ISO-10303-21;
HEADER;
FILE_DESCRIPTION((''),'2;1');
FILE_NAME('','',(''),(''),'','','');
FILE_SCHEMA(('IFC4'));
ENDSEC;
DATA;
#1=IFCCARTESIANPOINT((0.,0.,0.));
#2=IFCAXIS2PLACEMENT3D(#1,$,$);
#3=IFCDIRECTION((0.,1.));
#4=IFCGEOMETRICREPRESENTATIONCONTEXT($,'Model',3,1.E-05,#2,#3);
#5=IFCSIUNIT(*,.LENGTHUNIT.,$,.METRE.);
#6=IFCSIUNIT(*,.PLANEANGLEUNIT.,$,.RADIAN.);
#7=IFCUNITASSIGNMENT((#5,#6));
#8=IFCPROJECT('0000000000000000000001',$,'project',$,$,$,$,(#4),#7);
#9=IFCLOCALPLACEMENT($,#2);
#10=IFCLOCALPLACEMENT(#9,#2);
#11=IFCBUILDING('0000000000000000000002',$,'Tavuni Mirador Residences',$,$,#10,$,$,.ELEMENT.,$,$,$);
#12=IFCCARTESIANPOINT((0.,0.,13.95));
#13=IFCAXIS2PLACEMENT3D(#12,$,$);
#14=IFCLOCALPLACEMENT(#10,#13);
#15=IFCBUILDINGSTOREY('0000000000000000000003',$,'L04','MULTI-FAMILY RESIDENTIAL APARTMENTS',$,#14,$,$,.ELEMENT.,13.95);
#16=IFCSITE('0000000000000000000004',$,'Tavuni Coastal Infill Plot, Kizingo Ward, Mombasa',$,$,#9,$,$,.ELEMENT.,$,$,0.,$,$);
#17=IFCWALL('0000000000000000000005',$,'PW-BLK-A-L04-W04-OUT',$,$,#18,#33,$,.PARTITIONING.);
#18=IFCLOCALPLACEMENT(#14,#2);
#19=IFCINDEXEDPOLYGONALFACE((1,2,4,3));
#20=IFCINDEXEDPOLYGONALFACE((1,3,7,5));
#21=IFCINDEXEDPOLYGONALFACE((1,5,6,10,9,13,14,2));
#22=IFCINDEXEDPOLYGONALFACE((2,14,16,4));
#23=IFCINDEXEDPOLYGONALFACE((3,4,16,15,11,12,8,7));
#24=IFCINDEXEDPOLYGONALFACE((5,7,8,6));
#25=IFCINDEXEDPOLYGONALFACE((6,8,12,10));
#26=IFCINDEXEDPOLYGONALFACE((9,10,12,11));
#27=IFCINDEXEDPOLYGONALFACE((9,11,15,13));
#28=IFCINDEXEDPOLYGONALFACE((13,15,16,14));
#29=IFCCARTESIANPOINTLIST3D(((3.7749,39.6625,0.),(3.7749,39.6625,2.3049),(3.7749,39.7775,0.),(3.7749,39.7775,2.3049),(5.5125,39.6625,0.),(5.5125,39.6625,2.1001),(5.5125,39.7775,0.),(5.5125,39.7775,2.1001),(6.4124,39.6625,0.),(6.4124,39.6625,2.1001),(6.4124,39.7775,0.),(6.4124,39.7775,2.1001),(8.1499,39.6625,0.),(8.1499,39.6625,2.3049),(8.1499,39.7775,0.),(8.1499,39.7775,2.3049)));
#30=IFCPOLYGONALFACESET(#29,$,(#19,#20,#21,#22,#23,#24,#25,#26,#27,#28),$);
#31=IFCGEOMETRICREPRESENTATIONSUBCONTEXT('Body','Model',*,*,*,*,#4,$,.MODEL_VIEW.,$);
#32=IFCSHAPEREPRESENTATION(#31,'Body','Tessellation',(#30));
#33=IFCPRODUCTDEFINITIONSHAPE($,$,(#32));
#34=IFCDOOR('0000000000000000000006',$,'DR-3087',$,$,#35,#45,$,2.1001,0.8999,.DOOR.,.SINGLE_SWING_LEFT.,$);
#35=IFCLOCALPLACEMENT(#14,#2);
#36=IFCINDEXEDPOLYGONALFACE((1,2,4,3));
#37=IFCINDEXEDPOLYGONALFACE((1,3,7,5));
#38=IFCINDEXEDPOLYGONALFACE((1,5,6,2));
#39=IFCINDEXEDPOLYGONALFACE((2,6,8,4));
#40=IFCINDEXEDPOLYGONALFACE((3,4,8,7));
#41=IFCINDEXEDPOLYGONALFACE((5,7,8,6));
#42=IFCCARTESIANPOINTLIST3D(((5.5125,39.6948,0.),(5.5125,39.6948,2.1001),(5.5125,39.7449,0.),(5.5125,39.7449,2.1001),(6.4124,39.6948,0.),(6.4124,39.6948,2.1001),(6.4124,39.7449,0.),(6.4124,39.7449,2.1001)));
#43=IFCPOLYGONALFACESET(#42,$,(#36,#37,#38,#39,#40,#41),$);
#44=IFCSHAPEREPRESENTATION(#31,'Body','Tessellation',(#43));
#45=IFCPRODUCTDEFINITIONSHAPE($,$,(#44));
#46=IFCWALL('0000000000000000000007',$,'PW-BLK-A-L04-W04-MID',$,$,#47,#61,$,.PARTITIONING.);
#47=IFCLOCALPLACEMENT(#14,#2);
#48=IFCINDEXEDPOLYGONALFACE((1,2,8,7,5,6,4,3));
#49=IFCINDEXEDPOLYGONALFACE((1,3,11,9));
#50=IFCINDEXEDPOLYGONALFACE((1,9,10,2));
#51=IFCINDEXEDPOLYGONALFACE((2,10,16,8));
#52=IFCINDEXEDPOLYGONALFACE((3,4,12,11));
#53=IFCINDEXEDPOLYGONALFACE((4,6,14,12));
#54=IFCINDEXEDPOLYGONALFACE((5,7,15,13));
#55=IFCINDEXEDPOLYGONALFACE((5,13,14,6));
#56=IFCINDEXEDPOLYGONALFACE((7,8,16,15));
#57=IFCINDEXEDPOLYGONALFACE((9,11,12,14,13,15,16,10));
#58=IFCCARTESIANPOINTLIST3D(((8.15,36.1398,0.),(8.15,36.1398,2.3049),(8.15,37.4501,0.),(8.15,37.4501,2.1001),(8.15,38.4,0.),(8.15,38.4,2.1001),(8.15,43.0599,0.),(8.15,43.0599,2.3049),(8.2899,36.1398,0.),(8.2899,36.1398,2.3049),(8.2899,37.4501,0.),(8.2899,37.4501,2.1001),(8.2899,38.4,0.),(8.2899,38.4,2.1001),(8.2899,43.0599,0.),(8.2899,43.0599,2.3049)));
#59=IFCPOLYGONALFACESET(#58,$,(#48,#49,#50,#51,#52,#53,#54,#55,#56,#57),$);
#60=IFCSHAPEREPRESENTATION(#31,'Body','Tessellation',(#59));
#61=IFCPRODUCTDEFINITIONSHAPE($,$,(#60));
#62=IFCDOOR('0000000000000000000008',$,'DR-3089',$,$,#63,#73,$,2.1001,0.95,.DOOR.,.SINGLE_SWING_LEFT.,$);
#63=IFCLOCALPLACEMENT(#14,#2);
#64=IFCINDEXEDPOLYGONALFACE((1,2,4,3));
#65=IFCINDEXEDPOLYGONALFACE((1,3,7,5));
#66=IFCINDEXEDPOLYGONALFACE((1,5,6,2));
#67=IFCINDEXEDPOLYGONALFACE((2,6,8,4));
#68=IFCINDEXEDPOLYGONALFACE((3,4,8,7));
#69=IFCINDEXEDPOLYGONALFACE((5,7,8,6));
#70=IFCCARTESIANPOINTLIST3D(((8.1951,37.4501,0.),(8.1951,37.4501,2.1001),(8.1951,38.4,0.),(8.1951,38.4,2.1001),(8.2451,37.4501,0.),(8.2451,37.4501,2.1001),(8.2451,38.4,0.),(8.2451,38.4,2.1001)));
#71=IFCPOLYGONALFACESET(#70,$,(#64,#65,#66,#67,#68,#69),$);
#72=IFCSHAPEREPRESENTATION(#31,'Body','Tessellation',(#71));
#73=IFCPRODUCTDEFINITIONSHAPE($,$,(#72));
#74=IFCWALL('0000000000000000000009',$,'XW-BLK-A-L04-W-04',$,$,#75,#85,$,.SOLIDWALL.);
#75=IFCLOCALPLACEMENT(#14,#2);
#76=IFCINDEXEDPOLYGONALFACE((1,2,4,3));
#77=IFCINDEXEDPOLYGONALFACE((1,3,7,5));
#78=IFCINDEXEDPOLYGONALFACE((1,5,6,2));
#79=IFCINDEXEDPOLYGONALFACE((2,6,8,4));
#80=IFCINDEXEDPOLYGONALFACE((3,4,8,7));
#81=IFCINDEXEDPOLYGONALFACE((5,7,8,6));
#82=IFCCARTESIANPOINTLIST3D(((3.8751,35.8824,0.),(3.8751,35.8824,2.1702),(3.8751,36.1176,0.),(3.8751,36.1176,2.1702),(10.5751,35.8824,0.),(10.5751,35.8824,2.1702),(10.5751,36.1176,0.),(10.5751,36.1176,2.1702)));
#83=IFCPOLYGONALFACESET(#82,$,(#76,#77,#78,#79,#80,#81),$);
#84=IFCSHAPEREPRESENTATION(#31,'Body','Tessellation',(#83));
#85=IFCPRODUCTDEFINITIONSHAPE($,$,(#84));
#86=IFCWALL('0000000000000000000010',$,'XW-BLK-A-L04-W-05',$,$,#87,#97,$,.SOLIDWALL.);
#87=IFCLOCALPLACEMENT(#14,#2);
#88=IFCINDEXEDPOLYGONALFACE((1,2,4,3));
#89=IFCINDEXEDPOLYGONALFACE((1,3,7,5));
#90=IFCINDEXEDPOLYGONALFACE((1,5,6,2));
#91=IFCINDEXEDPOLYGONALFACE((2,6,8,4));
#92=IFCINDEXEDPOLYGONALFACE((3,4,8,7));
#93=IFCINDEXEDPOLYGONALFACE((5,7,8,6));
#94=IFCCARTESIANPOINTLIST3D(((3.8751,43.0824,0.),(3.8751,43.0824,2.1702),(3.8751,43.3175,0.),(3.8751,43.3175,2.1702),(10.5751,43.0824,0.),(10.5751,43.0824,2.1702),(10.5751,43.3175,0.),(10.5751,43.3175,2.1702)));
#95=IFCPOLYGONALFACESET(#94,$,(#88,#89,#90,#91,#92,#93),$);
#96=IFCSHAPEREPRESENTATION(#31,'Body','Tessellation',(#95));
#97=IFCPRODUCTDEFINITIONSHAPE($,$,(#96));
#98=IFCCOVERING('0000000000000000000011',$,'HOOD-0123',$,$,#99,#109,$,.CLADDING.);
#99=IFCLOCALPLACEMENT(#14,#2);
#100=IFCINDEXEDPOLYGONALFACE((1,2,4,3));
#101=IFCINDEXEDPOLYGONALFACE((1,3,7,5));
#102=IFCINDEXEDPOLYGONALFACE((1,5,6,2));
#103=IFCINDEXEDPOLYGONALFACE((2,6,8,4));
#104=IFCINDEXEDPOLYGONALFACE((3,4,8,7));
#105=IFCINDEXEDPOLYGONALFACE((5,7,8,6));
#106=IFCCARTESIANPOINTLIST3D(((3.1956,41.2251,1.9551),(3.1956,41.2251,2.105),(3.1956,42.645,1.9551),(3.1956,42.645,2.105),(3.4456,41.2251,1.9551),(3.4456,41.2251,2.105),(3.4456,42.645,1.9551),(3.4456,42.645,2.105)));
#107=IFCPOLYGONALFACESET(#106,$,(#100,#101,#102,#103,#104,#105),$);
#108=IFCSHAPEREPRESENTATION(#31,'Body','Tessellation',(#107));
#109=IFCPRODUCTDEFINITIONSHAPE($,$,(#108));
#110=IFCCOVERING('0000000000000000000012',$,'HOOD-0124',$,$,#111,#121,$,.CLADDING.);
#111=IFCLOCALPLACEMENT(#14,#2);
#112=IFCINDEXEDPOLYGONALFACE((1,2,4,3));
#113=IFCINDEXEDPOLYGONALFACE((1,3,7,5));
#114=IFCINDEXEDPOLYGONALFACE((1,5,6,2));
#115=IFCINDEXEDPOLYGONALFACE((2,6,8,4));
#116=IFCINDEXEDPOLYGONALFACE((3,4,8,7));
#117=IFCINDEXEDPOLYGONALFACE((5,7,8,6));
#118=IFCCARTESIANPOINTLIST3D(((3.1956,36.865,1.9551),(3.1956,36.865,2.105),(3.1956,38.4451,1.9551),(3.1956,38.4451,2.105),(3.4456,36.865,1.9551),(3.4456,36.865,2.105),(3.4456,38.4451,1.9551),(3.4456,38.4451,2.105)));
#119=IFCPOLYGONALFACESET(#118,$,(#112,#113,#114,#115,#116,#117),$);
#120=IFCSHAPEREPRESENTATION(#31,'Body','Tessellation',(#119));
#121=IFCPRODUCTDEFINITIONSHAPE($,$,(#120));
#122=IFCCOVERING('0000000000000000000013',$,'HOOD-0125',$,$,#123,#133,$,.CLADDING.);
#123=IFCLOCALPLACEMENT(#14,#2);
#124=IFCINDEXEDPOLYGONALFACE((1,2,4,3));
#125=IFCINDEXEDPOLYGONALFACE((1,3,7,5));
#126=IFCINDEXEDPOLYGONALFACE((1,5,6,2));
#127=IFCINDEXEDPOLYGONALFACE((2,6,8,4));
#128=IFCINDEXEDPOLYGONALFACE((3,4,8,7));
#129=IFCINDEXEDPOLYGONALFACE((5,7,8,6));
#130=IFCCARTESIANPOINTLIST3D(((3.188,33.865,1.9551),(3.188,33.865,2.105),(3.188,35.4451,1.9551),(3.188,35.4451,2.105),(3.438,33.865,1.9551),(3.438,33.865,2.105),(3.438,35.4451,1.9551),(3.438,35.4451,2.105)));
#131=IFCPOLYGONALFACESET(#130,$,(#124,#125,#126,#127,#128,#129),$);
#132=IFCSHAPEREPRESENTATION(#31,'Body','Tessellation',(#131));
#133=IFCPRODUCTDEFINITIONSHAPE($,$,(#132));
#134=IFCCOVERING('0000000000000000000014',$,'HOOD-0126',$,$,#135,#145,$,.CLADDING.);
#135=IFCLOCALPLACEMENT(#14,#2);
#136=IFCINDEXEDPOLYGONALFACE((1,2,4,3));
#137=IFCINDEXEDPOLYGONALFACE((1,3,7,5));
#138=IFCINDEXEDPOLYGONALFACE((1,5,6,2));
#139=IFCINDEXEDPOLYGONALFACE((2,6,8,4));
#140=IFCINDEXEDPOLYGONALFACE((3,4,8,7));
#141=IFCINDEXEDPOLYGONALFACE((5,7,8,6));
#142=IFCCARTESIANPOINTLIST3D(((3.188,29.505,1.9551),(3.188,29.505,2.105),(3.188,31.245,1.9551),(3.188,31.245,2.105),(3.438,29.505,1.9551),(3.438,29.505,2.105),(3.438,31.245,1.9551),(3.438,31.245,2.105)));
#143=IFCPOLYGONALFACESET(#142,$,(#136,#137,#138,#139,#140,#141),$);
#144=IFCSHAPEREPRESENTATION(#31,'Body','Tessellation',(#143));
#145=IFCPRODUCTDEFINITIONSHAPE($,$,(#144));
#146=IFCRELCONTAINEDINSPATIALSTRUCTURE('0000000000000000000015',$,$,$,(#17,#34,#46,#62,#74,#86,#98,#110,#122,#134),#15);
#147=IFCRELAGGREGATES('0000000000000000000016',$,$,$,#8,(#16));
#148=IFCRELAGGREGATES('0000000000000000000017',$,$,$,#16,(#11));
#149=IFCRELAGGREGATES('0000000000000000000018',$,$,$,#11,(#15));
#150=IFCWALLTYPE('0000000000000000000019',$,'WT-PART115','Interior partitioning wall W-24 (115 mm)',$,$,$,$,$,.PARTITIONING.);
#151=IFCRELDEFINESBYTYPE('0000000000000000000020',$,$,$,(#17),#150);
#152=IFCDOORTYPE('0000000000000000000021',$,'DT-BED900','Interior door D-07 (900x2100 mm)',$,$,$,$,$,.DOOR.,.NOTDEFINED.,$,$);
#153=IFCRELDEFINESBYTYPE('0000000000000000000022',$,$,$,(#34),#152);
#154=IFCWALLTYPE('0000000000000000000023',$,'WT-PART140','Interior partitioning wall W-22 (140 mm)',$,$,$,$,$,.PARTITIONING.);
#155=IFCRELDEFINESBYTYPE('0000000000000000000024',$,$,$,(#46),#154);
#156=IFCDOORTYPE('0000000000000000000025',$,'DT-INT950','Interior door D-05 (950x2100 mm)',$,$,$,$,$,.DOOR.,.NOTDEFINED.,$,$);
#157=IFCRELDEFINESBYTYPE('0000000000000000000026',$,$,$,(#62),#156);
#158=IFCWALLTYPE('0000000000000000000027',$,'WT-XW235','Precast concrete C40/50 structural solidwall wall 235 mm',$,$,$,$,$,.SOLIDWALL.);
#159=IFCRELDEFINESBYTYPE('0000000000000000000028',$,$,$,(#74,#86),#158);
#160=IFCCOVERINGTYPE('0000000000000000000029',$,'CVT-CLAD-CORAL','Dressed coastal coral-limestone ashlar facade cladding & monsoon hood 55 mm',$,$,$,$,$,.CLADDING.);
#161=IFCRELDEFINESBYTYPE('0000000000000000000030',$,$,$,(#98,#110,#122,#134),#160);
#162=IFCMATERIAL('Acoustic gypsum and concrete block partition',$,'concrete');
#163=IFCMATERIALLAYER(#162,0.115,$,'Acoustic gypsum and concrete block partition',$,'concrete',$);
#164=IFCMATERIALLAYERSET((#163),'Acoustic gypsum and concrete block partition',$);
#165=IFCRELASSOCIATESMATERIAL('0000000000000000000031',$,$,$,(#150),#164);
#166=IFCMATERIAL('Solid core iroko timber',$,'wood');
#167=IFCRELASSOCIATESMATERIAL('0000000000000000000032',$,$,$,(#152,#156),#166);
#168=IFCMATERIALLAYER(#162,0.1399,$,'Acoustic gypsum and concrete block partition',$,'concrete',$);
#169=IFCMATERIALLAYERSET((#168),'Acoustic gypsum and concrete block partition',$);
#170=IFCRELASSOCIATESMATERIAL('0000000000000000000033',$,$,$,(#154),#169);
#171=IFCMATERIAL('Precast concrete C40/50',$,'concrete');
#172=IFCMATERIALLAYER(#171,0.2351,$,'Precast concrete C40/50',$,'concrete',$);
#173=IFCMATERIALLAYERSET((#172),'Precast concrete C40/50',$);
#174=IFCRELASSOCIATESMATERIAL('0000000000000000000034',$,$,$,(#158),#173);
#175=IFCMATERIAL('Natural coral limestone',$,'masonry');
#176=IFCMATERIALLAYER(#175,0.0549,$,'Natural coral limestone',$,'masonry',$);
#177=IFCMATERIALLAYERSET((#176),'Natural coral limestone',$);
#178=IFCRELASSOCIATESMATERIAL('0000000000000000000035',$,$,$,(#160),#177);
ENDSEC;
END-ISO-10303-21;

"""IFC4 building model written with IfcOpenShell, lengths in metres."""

from ifc_helpers import new_model, si_unit, direction, frame, frame_2d, origin, origin_2d, place, context, subcontext, project, spatial, rectangle, extrude, material, layer, layer_set, type_object, element, fill, save


model = new_model("IFC4")

# Units and contexts
model_context = context("Model", 3, precision=1e-05, world=origin(), true_north=direction((0.0, 1.0)))
body_context = subcontext(model_context, "Body", "Model", "MODEL_VIEW")
ifc_project = project(units=[si_unit("LENGTHUNIT", "METRE"), si_unit("PLANEANGLEUNIT", "RADIAN")], contexts=[model_context])

# Site, building, storey
site_placement = place(None, origin())
site = spatial("IfcSite", under=ifc_project, at=site_placement, Name="Tavuni Coastal Infill Plot, Kizingo Ward, Mombasa", CompositionType="ELEMENT", RefElevation=0.0)
building_placement = place(site_placement, origin())
building = spatial("IfcBuilding", under=site, at=building_placement, Name="Tavuni Mirador Residences", CompositionType="ELEMENT")
storey_placement = place(building_placement, frame((0.0, 0.0, 13.95)))
storey = spatial("IfcBuildingStorey", under=building, at=storey_placement, Name="L04", Description="MULTI-FAMILY RESIDENTIAL APARTMENTS", CompositionType="ELEMENT", Elevation=13.95)

# Shared definitions
ifc_material_1 = material(Name="Precast concrete C40/50", Category="concrete")

# Shared definitions
ifc_material_2 = material(Name="Acoustic gypsum and concrete block partition", Category="concrete")

# Shared definitions
ifc_material_3 = material(Name="Solid core iroko timber", Category="wood")

# Shared definitions
ifc_layer_1 = layer(ifc_material_2, 0.115, Name="Acoustic gypsum and concrete block partition", Category="concrete")
ifc_layer_set_1 = layer_set([ifc_layer_1], Name="Acoustic gypsum and concrete block partition")
wall_type_1 = type_object("IfcWallType", Name="WT-PART115", Description="Interior partitioning wall W-24 (115 mm)", PredefinedType="PARTITIONING", material=ifc_layer_set_1)

# Walls, openings, doors
wall_1_placement = place(storey_placement, frame((3.7749, 39.72, 0.0), z_axis=(0.0, 0.0, 1.0), x_axis=(1.0, 0.0, 0.0)))
wall_1 = element("IfcWall", 1, at=wall_1_placement, inside=storey, type_object=wall_type_1, Name="PW-BLK-A-L04-W04-OUT", PredefinedType="PARTITIONING", context=body_context, shape_type="SweptSolid", body=[
    extrude(rectangle(XDim=4.375, YDim=0.115, at=frame_2d((2.1875, 0.0))), origin(), (0.0, 0.0, 1.0), 2.3049),
])
opening_1_placement = place(wall_1_placement, frame((1.7375, 0.0, 0.0)))
opening_1 = element("IfcOpeningElement", 2, at=opening_1_placement, cuts=wall_1, PredefinedType="OPENING", context=body_context, shape_type="SweptSolid", body=[
    extrude(rectangle(XDim=0.8999, YDim=2.1001, at=frame_2d((0.45, 1.05))), frame((0.0, 0.0674, 0.0), z_axis=(0.0, -1.0, 0.0), x_axis=(1.0, 0.0, 0.0)), (0.0, 0.0, 1.0), 0.135),
])
door_type_1 = type_object("IfcDoorType", Name="DT-BED900", Description="Interior door D-07 (900x2100 mm)", OperationType="NOTDEFINED", PredefinedType="DOOR", material=ifc_material_3)
door_1_placement = place(opening_1_placement, origin())
door_1 = element("IfcDoor", 3, at=door_1_placement, inside=storey, type_object=door_type_1, Name="DR-3087", OperationType="SINGLE_SWING_LEFT", OverallHeight=2.1001, OverallWidth=0.8999, PredefinedType="DOOR", context=body_context, shape_type="SweptSolid", body=[
    extrude(rectangle(XDim=0.8999, YDim=2.1001, at=frame_2d((0.45, 1.05))), frame((0.0, 0.0249, 0.0), z_axis=(0.0, -1.0, 0.0), x_axis=(1.0, 0.0, 0.0)), (0.0, 0.0, 1.0), 0.05),
])
fill(opening_1, door_1)
ifc_layer_2 = layer(ifc_material_2, 0.1399, Name="Acoustic gypsum and concrete block partition", Category="concrete")
ifc_layer_set_2 = layer_set([ifc_layer_2], Name="Acoustic gypsum and concrete block partition")
wall_type_2 = type_object("IfcWallType", Name="WT-PART140", Description="Interior partitioning wall W-22 (140 mm)", PredefinedType="PARTITIONING", material=ifc_layer_set_2)
wall_2_placement = place(storey_placement, frame((8.22, 36.1399, 0.0), z_axis=(0.0, 0.0, 1.0), x_axis=(0.0, 1.0, 0.0)))
wall_2 = element("IfcWall", 4, at=wall_2_placement, inside=storey, type_object=wall_type_2, Name="PW-BLK-A-L04-W04-MID", PredefinedType="PARTITIONING", context=body_context, shape_type="SweptSolid", body=[
    extrude(rectangle(XDim=6.9202, YDim=0.1399, at=frame_2d((3.46, 0.0))), origin(), (0.0, 0.0, 1.0), 2.3049),
])
opening_2_placement = place(wall_2_placement, frame((1.3101, 0.0, 0.0)))
opening_2 = element("IfcOpeningElement", 5, at=opening_2_placement, cuts=wall_2, PredefinedType="OPENING", context=body_context, shape_type="SweptSolid", body=[
    extrude(rectangle(XDim=0.95, YDim=2.1001, at=frame_2d((0.4751, 1.05))), frame((0.0, 0.0801, 0.0), z_axis=(0.0, -1.0, 0.0), x_axis=(1.0, 0.0, 0.0)), (0.0, 0.0, 1.0), 0.1599),
])
door_type_2 = type_object("IfcDoorType", Name="DT-INT950", Description="Interior door D-05 (950x2100 mm)", OperationType="NOTDEFINED", PredefinedType="DOOR", material=ifc_material_3)
door_2_placement = place(opening_2_placement, origin())
door_2 = element("IfcDoor", 6, at=door_2_placement, inside=storey, type_object=door_type_2, Name="DR-3089", OperationType="SINGLE_SWING_LEFT", OverallHeight=2.1001, OverallWidth=0.95, PredefinedType="DOOR", context=body_context, shape_type="SweptSolid", body=[
    extrude(rectangle(XDim=0.95, YDim=2.1001, at=frame_2d((0.4751, 1.05))), frame((0.0, 0.0249, 0.0), z_axis=(0.0, -1.0, 0.0), x_axis=(1.0, 0.0, 0.0)), (0.0, 0.0, 1.0), 0.05),
])
fill(opening_2, door_2)

# Walls
ifc_layer_3 = layer(ifc_material_1, 0.2351, Name="Precast concrete C40/50", Category="concrete")
ifc_layer_set_3 = layer_set([ifc_layer_3], Name="Precast concrete C40/50")
wall_type_3 = type_object("IfcWallType", Name="WT-XW235", Description="Precast concrete C40/50 structural solidwall wall 235 mm", PredefinedType="SOLIDWALL", material=ifc_layer_set_3)
for number, where, z_axis, x_axis, name in (
    (7, (3.875, 36.0, 0.0), (0.0, 0.0, 1.0), (1.0, 0.0, 0.0), "XW-BLK-A-L04-W-04"),
    (8, (3.875, 43.2, 0.0), (0.0, 0.0, 1.0), (1.0, 0.0, 0.0), "XW-BLK-A-L04-W-05"),
):
    element("IfcWall", number, at=place(storey_placement, frame(where, z_axis=z_axis, x_axis=x_axis)), inside=storey, type_object=wall_type_3, Name=name, PredefinedType="SOLIDWALL", context=body_context, shape_type="SweptSolid", body=[
        extrude(rectangle(XDim=6.7, YDim=0.2351, at=frame_2d((3.3501, 0.0))), origin(), (0.0, 0.0, 1.0), 2.1702),
    ])

# Coverings
ifc_material_4 = material(Name="Natural coral limestone", Category="masonry")
ifc_layer_4 = layer(ifc_material_4, 0.0549, Name="Natural coral limestone", Category="masonry")
ifc_layer_set_4 = layer_set([ifc_layer_4], Name="Natural coral limestone")
covering_type = type_object("IfcCoveringType", Name="CVT-CLAD-CORAL", Description="Dressed coastal coral-limestone ashlar facade cladding & monsoon hood 55 mm", PredefinedType="CLADDING", material=ifc_layer_set_4)
covering_1_placement = place(storey_placement, frame((3.3206, 41.9351, 1.9551), z_axis=(0.0, 0.0, 1.0), x_axis=(0.0, -1.0, 0.0)))
element("IfcCovering", 9, at=covering_1_placement, inside=storey, type_object=covering_type, Name="HOOD-0123", PredefinedType="CLADDING", context=body_context, shape_type="SweptSolid", body=[
    extrude(rectangle(XDim=1.4199, YDim=0.25, at=origin_2d()), origin(), (0.0, 0.0, 1.0), 0.1499),
])
for number, where, z_axis, x_axis, name in (
    (10, (3.3206, 37.655, 1.9551), (0.0, 0.0, 1.0), (0.0, -1.0, 0.0), "HOOD-0124"),
    (11, (3.313, 34.655, 1.9551), (0.0, 0.0, 1.0), (0.0, -1.0, 0.0), "HOOD-0125"),
):
    element("IfcCovering", number, at=place(storey_placement, frame(where, z_axis=z_axis, x_axis=x_axis)), inside=storey, type_object=covering_type, Name=name, PredefinedType="CLADDING", context=body_context, shape_type="SweptSolid", body=[
        extrude(rectangle(XDim=1.5801, YDim=0.25, at=origin_2d()), origin(), (0.0, 0.0, 1.0), 0.1499),
    ])
covering_2_placement = place(storey_placement, frame((3.313, 30.375, 1.9551), z_axis=(0.0, 0.0, 1.0), x_axis=(0.0, -1.0, 0.0)))
element("IfcCovering", 12, at=covering_2_placement, inside=storey, type_object=covering_type, Name="HOOD-0126", PredefinedType="CLADDING", context=body_context, shape_type="SweptSolid", body=[
    extrude(rectangle(XDim=1.74, YDim=0.25, at=origin_2d()), origin(), (0.0, 0.0, 1.0), 0.1499),
])

save(model, "model.ifc")
